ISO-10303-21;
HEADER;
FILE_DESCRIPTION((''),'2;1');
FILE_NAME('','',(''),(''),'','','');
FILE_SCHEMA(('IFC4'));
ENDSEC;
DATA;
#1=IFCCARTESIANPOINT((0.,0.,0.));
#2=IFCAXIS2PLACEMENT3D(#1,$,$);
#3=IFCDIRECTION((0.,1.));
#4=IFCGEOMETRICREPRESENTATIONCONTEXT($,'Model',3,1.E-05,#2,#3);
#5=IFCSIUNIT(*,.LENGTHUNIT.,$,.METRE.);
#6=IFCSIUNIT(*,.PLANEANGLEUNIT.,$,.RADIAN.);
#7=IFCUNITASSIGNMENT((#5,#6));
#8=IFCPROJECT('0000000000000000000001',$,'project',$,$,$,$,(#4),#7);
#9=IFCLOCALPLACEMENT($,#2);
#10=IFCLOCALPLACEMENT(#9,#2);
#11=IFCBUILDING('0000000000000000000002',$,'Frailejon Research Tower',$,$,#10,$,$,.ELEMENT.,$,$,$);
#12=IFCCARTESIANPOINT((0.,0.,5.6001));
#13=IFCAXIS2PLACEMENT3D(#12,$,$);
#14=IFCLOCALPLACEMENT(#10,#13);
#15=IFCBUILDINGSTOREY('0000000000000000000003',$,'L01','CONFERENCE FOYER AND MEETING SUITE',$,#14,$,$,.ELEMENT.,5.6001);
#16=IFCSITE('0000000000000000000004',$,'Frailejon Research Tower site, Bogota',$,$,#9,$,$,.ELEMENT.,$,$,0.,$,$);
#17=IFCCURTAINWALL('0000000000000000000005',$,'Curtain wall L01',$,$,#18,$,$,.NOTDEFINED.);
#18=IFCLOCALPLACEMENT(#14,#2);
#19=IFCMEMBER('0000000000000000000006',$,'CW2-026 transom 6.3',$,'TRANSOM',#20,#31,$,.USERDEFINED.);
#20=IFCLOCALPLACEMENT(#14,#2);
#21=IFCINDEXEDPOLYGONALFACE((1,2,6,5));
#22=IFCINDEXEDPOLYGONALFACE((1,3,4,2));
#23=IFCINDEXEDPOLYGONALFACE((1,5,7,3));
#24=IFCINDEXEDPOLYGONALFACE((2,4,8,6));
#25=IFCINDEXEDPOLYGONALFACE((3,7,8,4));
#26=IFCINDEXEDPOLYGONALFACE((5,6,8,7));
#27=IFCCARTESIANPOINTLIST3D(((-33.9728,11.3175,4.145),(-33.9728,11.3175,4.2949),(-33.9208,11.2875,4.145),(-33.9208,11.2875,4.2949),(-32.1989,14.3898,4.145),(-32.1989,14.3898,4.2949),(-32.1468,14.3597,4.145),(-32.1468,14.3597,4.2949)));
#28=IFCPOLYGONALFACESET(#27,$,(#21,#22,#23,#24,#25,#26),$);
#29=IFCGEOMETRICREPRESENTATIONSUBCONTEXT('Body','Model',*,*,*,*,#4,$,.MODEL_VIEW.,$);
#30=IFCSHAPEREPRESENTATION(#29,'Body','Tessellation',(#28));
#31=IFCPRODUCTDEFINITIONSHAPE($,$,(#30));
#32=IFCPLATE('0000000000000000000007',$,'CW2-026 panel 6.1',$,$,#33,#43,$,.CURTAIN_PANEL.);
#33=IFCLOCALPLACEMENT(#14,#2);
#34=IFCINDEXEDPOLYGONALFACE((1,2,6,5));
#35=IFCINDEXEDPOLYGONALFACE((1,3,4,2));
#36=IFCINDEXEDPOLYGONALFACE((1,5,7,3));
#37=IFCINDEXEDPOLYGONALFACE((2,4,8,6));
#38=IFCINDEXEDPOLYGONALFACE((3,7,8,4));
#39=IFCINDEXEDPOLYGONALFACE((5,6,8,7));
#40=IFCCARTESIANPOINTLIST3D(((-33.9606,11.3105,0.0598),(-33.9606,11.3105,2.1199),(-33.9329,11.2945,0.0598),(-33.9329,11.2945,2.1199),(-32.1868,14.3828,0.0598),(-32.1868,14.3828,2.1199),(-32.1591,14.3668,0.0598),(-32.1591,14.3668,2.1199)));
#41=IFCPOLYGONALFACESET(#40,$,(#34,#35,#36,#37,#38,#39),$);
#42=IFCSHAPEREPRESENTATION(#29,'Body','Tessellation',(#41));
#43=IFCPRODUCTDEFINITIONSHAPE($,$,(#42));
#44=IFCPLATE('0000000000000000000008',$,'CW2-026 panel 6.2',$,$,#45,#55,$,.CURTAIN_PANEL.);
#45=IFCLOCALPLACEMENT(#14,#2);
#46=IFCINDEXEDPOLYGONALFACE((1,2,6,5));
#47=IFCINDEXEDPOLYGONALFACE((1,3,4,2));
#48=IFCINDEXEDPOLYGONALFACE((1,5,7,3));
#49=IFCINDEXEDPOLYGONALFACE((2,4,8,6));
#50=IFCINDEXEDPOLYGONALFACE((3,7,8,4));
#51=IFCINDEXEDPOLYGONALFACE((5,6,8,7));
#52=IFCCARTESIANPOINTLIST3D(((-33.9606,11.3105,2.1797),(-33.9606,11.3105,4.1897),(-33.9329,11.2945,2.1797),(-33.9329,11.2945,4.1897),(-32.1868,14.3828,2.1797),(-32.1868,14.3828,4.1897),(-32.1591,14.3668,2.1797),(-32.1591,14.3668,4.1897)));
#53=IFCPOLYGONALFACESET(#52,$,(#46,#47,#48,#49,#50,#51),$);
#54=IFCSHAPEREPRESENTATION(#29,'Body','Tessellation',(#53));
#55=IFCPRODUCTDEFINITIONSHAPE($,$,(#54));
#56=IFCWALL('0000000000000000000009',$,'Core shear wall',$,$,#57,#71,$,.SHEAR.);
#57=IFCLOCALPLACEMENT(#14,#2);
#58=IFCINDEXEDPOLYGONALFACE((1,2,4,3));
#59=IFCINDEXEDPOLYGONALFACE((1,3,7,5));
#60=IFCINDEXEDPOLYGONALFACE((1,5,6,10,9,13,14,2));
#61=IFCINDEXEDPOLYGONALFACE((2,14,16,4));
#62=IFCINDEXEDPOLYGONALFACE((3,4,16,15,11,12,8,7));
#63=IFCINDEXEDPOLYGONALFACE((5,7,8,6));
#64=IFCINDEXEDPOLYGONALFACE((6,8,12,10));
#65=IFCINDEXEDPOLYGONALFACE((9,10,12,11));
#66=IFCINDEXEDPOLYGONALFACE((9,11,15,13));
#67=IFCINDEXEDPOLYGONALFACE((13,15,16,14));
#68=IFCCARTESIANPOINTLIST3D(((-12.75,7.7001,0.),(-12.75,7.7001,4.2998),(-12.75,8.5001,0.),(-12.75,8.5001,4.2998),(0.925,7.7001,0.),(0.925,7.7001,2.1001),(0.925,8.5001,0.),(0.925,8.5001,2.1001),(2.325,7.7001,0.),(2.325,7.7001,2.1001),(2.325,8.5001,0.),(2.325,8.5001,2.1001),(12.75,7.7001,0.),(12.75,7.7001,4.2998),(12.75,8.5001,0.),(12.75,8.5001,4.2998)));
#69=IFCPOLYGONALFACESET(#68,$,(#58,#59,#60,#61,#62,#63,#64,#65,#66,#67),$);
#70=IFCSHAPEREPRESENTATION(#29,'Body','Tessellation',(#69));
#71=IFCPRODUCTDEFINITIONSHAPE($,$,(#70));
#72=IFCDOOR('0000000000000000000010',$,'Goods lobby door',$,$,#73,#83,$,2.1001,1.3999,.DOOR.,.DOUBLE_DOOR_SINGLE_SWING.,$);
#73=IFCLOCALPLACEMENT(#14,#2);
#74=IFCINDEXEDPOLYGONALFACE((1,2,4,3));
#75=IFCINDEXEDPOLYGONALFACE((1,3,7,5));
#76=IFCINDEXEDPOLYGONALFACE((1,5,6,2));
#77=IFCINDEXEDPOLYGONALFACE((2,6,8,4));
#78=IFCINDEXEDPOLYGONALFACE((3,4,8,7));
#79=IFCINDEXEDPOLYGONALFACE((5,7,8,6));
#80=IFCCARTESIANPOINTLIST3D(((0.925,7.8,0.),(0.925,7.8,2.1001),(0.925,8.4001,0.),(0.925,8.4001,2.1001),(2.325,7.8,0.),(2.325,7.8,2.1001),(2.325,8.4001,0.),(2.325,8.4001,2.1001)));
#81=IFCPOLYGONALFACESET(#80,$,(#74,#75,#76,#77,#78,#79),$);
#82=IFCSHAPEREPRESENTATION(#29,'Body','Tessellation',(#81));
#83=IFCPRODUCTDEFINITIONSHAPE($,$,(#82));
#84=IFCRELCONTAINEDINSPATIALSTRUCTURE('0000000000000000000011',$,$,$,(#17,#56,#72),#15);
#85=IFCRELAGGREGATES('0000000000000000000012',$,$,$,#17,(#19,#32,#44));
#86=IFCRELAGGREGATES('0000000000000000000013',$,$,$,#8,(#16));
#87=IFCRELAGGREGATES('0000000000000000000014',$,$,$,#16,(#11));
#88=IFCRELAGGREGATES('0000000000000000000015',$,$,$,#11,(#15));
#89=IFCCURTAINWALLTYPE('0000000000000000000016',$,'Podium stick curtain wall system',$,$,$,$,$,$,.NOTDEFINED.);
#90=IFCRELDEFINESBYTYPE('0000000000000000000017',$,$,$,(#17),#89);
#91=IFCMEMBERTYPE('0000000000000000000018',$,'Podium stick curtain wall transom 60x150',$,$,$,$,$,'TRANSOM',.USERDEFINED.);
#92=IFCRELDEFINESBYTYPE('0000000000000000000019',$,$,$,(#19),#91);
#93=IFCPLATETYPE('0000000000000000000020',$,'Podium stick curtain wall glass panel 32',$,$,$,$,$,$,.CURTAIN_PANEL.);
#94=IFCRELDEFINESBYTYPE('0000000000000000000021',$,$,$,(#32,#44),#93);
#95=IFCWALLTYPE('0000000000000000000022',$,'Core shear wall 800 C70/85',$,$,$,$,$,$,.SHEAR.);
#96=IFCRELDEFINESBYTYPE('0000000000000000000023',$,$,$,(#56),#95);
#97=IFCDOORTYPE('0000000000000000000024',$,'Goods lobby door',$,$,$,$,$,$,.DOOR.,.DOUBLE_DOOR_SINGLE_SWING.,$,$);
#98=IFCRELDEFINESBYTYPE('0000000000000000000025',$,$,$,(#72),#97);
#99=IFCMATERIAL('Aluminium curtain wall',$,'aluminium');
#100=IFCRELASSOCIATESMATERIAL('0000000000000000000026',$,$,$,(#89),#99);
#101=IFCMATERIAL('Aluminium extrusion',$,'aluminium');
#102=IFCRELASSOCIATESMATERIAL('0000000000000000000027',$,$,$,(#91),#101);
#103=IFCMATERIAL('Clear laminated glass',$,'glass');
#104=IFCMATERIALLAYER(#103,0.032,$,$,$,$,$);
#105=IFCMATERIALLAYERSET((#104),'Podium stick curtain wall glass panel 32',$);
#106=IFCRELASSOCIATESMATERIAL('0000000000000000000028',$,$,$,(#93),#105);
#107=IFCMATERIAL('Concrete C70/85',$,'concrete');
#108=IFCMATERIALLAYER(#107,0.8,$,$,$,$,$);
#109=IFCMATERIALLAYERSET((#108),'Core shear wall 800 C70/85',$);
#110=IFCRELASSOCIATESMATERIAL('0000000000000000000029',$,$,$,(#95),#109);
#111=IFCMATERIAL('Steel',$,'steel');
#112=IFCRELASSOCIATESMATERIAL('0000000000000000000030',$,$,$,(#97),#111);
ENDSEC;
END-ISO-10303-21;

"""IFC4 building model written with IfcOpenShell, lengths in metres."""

from ifc_helpers import new_model, si_unit, direction, frame, frame_2d, origin, origin_2d, place, context, subcontext, project, spatial, rectangle, extrude, material, layer, layer_set, material_profile, profile_set, type_object, element, fill, aggregate, save


model = new_model("IFC4")

# Units and contexts
model_context = context("Model", 3, precision=1e-05, world=origin(), true_north=direction((0.0, 1.0)))
body_context = subcontext(model_context, "Body", "Model", "MODEL_VIEW")
ifc_project = project(units=[si_unit("LENGTHUNIT", "METRE"), si_unit("PLANEANGLEUNIT", "RADIAN")], contexts=[model_context])

# Site, building, storey
site_placement = place(None, origin())
site = spatial("IfcSite", under=ifc_project, at=site_placement, Name="Frailejon Research Tower site, Bogota", CompositionType="ELEMENT", RefElevation=0.0)
building_placement = place(site_placement, origin())
building = spatial("IfcBuilding", under=site, at=building_placement, Name="Frailejon Research Tower", CompositionType="ELEMENT")
storey_placement = place(building_placement, frame((0.0, 0.0, 5.6001)))
storey = spatial("IfcBuildingStorey", under=building, at=storey_placement, Name="L01", Description="CONFERENCE FOYER AND MEETING SUITE", CompositionType="ELEMENT", Elevation=5.6001)

# Curtain wall, member, plates
ifc_material_1 = material(Name="Aluminium curtain wall", Category="aluminium")
curtain_wall_type = type_object("IfcCurtainWallType", Name="Podium stick curtain wall system", PredefinedType="NOTDEFINED", material=ifc_material_1)
curtain_wall_placement = place(storey_placement, origin())
curtain_wall = element("IfcCurtainWall", 1, at=curtain_wall_placement, inside=storey, type_object=curtain_wall_type, Name="Curtain wall L01", PredefinedType="NOTDEFINED")
ifc_material_2 = material(Name="Aluminium extrusion", Category="aluminium")
ifc_material_profile_1 = material_profile(ifc_material_2, rectangle(XDim=0.0601, YDim=0.1499, at=origin_2d()), Name="Podium stick curtain wall transom 60x150")
ifc_profile_set_1 = profile_set([ifc_material_profile_1], Name="Aluminium extrusion")
member_type_1 = type_object("IfcMemberType", Name="Podium stick curtain wall transom 60x150", ElementType="TRANSOM", PredefinedType="USERDEFINED", material=ifc_profile_set_1)
member_1_placement = place(storey_placement, frame((-32.1729, 14.3748, 4.22), z_axis=(-0.500032, -0.866007, 0.0), x_axis=(0.866007, -0.500032, 0.0)))
member_1 = element("IfcMember", 2, at=member_1_placement, type_object=member_type_1, Name="CW2-026 transom 6.3", ObjectType="TRANSOM", PredefinedType="USERDEFINED", context=body_context, shape_type="SweptSolid", body=[
    extrude(rectangle(XDim=0.0601, YDim=0.1499, at=origin_2d()), origin(), (0.0, 0.0, 1.0), 3.5476),
])
ifc_material_3 = material(Name="Clear laminated glass", Category="glass")
ifc_layer_1 = layer(ifc_material_3, 0.032)
ifc_layer_set_1 = layer_set([ifc_layer_1], Name="Podium stick curtain wall glass panel 32")
plate_type = type_object("IfcPlateType", Name="Podium stick curtain wall glass panel 32", PredefinedType="CURTAIN_PANEL", material=ifc_layer_set_1)
plate_1_placement = place(storey_placement, frame((-33.0598, 12.8386, 0.0598), z_axis=(0.0, 0.0, 1.0), x_axis=(-0.499998, -0.866026, 0.0)))
plate_1 = element("IfcPlate", 3, at=plate_1_placement, type_object=plate_type, Name="CW2-026 panel 6.1", PredefinedType="CURTAIN_PANEL", context=body_context, shape_type="SweptSolid", body=[
    extrude(rectangle(XDim=3.5476, YDim=0.032, at=origin_2d()), origin(), (0.0, 0.0, 1.0), 2.0601),
])
plate_2_placement = place(storey_placement, frame((-33.0598, 12.8386, 2.1797), z_axis=(0.0, 0.0, 1.0), x_axis=(-0.499998, -0.866026, 0.0)))
plate_2 = element("IfcPlate", 4, at=plate_2_placement, type_object=plate_type, Name="CW2-026 panel 6.2", PredefinedType="CURTAIN_PANEL", context=body_context, shape_type="SweptSolid", body=[
    extrude(rectangle(XDim=3.5476, YDim=0.032, at=origin_2d()), origin(), (0.0, 0.0, 1.0), 2.01),
])
aggregate(curtain_wall, [member_1, plate_1, plate_2])

# Wall, opening, door
ifc_material_4 = material(Name="Concrete C70/85", Category="concrete")
ifc_layer_2 = layer(ifc_material_4, 0.8)
ifc_layer_set_2 = layer_set([ifc_layer_2], Name="Core shear wall 800 C70/85")
wall_type_1 = type_object("IfcWallType", Name="Core shear wall 800 C70/85", PredefinedType="SHEAR", material=ifc_layer_set_2)
wall_1_placement = place(storey_placement, frame((-12.75, 8.1001, 0.0), z_axis=(0.0, 0.0, 1.0), x_axis=(1.0, 0.0, 0.0)))
wall_1 = element("IfcWall", 5, at=wall_1_placement, inside=storey, type_object=wall_type_1, Name="Core shear wall", PredefinedType="SHEAR", context=body_context, shape_type="SweptSolid", body=[
    extrude(rectangle(XDim=25.5, YDim=0.8, at=frame_2d((12.75, 0.0))), origin(), (0.0, 0.0, 1.0), 4.2998),
])
opening_1_placement = place(wall_1_placement, frame((13.675, 0.0, 0.0)))
opening_1 = element("IfcOpeningElement", 6, at=opening_1_placement, cuts=wall_1, PredefinedType="OPENING", context=body_context, shape_type="SweptSolid", body=[
    extrude(rectangle(XDim=1.3999, YDim=2.1001, at=frame_2d((0.7, 1.05))), frame((0.0, 0.4099, 0.0), z_axis=(0.0, -1.0, 0.0), x_axis=(1.0, 0.0, 0.0)), (0.0, 0.0, 1.0), 0.8201),
])
ifc_material_5 = material(Name="Steel", Category="steel")
door_type_1 = type_object("IfcDoorType", Name="Goods lobby door", OperationType="DOUBLE_DOOR_SINGLE_SWING", PredefinedType="DOOR", material=ifc_material_5)
door_1_placement = place(opening_1_placement, origin())
door_1 = element("IfcDoor", 7, at=door_1_placement, inside=storey, type_object=door_type_1, Name="Goods lobby door", OperationType="DOUBLE_DOOR_SINGLE_SWING", OverallHeight=2.1001, OverallWidth=1.3999, PredefinedType="DOOR", context=body_context, shape_type="SweptSolid", body=[
    extrude(rectangle(XDim=1.3999, YDim=2.1001, at=frame_2d((0.7, 1.05))), frame((0.0, 0.3, 0.0), z_axis=(0.0, -1.0, 0.0), x_axis=(1.0, 0.0, 0.0)), (0.0, 0.0, 1.0), 0.6001),
])
fill(opening_1, door_1)

save(model, "model.ifc")
